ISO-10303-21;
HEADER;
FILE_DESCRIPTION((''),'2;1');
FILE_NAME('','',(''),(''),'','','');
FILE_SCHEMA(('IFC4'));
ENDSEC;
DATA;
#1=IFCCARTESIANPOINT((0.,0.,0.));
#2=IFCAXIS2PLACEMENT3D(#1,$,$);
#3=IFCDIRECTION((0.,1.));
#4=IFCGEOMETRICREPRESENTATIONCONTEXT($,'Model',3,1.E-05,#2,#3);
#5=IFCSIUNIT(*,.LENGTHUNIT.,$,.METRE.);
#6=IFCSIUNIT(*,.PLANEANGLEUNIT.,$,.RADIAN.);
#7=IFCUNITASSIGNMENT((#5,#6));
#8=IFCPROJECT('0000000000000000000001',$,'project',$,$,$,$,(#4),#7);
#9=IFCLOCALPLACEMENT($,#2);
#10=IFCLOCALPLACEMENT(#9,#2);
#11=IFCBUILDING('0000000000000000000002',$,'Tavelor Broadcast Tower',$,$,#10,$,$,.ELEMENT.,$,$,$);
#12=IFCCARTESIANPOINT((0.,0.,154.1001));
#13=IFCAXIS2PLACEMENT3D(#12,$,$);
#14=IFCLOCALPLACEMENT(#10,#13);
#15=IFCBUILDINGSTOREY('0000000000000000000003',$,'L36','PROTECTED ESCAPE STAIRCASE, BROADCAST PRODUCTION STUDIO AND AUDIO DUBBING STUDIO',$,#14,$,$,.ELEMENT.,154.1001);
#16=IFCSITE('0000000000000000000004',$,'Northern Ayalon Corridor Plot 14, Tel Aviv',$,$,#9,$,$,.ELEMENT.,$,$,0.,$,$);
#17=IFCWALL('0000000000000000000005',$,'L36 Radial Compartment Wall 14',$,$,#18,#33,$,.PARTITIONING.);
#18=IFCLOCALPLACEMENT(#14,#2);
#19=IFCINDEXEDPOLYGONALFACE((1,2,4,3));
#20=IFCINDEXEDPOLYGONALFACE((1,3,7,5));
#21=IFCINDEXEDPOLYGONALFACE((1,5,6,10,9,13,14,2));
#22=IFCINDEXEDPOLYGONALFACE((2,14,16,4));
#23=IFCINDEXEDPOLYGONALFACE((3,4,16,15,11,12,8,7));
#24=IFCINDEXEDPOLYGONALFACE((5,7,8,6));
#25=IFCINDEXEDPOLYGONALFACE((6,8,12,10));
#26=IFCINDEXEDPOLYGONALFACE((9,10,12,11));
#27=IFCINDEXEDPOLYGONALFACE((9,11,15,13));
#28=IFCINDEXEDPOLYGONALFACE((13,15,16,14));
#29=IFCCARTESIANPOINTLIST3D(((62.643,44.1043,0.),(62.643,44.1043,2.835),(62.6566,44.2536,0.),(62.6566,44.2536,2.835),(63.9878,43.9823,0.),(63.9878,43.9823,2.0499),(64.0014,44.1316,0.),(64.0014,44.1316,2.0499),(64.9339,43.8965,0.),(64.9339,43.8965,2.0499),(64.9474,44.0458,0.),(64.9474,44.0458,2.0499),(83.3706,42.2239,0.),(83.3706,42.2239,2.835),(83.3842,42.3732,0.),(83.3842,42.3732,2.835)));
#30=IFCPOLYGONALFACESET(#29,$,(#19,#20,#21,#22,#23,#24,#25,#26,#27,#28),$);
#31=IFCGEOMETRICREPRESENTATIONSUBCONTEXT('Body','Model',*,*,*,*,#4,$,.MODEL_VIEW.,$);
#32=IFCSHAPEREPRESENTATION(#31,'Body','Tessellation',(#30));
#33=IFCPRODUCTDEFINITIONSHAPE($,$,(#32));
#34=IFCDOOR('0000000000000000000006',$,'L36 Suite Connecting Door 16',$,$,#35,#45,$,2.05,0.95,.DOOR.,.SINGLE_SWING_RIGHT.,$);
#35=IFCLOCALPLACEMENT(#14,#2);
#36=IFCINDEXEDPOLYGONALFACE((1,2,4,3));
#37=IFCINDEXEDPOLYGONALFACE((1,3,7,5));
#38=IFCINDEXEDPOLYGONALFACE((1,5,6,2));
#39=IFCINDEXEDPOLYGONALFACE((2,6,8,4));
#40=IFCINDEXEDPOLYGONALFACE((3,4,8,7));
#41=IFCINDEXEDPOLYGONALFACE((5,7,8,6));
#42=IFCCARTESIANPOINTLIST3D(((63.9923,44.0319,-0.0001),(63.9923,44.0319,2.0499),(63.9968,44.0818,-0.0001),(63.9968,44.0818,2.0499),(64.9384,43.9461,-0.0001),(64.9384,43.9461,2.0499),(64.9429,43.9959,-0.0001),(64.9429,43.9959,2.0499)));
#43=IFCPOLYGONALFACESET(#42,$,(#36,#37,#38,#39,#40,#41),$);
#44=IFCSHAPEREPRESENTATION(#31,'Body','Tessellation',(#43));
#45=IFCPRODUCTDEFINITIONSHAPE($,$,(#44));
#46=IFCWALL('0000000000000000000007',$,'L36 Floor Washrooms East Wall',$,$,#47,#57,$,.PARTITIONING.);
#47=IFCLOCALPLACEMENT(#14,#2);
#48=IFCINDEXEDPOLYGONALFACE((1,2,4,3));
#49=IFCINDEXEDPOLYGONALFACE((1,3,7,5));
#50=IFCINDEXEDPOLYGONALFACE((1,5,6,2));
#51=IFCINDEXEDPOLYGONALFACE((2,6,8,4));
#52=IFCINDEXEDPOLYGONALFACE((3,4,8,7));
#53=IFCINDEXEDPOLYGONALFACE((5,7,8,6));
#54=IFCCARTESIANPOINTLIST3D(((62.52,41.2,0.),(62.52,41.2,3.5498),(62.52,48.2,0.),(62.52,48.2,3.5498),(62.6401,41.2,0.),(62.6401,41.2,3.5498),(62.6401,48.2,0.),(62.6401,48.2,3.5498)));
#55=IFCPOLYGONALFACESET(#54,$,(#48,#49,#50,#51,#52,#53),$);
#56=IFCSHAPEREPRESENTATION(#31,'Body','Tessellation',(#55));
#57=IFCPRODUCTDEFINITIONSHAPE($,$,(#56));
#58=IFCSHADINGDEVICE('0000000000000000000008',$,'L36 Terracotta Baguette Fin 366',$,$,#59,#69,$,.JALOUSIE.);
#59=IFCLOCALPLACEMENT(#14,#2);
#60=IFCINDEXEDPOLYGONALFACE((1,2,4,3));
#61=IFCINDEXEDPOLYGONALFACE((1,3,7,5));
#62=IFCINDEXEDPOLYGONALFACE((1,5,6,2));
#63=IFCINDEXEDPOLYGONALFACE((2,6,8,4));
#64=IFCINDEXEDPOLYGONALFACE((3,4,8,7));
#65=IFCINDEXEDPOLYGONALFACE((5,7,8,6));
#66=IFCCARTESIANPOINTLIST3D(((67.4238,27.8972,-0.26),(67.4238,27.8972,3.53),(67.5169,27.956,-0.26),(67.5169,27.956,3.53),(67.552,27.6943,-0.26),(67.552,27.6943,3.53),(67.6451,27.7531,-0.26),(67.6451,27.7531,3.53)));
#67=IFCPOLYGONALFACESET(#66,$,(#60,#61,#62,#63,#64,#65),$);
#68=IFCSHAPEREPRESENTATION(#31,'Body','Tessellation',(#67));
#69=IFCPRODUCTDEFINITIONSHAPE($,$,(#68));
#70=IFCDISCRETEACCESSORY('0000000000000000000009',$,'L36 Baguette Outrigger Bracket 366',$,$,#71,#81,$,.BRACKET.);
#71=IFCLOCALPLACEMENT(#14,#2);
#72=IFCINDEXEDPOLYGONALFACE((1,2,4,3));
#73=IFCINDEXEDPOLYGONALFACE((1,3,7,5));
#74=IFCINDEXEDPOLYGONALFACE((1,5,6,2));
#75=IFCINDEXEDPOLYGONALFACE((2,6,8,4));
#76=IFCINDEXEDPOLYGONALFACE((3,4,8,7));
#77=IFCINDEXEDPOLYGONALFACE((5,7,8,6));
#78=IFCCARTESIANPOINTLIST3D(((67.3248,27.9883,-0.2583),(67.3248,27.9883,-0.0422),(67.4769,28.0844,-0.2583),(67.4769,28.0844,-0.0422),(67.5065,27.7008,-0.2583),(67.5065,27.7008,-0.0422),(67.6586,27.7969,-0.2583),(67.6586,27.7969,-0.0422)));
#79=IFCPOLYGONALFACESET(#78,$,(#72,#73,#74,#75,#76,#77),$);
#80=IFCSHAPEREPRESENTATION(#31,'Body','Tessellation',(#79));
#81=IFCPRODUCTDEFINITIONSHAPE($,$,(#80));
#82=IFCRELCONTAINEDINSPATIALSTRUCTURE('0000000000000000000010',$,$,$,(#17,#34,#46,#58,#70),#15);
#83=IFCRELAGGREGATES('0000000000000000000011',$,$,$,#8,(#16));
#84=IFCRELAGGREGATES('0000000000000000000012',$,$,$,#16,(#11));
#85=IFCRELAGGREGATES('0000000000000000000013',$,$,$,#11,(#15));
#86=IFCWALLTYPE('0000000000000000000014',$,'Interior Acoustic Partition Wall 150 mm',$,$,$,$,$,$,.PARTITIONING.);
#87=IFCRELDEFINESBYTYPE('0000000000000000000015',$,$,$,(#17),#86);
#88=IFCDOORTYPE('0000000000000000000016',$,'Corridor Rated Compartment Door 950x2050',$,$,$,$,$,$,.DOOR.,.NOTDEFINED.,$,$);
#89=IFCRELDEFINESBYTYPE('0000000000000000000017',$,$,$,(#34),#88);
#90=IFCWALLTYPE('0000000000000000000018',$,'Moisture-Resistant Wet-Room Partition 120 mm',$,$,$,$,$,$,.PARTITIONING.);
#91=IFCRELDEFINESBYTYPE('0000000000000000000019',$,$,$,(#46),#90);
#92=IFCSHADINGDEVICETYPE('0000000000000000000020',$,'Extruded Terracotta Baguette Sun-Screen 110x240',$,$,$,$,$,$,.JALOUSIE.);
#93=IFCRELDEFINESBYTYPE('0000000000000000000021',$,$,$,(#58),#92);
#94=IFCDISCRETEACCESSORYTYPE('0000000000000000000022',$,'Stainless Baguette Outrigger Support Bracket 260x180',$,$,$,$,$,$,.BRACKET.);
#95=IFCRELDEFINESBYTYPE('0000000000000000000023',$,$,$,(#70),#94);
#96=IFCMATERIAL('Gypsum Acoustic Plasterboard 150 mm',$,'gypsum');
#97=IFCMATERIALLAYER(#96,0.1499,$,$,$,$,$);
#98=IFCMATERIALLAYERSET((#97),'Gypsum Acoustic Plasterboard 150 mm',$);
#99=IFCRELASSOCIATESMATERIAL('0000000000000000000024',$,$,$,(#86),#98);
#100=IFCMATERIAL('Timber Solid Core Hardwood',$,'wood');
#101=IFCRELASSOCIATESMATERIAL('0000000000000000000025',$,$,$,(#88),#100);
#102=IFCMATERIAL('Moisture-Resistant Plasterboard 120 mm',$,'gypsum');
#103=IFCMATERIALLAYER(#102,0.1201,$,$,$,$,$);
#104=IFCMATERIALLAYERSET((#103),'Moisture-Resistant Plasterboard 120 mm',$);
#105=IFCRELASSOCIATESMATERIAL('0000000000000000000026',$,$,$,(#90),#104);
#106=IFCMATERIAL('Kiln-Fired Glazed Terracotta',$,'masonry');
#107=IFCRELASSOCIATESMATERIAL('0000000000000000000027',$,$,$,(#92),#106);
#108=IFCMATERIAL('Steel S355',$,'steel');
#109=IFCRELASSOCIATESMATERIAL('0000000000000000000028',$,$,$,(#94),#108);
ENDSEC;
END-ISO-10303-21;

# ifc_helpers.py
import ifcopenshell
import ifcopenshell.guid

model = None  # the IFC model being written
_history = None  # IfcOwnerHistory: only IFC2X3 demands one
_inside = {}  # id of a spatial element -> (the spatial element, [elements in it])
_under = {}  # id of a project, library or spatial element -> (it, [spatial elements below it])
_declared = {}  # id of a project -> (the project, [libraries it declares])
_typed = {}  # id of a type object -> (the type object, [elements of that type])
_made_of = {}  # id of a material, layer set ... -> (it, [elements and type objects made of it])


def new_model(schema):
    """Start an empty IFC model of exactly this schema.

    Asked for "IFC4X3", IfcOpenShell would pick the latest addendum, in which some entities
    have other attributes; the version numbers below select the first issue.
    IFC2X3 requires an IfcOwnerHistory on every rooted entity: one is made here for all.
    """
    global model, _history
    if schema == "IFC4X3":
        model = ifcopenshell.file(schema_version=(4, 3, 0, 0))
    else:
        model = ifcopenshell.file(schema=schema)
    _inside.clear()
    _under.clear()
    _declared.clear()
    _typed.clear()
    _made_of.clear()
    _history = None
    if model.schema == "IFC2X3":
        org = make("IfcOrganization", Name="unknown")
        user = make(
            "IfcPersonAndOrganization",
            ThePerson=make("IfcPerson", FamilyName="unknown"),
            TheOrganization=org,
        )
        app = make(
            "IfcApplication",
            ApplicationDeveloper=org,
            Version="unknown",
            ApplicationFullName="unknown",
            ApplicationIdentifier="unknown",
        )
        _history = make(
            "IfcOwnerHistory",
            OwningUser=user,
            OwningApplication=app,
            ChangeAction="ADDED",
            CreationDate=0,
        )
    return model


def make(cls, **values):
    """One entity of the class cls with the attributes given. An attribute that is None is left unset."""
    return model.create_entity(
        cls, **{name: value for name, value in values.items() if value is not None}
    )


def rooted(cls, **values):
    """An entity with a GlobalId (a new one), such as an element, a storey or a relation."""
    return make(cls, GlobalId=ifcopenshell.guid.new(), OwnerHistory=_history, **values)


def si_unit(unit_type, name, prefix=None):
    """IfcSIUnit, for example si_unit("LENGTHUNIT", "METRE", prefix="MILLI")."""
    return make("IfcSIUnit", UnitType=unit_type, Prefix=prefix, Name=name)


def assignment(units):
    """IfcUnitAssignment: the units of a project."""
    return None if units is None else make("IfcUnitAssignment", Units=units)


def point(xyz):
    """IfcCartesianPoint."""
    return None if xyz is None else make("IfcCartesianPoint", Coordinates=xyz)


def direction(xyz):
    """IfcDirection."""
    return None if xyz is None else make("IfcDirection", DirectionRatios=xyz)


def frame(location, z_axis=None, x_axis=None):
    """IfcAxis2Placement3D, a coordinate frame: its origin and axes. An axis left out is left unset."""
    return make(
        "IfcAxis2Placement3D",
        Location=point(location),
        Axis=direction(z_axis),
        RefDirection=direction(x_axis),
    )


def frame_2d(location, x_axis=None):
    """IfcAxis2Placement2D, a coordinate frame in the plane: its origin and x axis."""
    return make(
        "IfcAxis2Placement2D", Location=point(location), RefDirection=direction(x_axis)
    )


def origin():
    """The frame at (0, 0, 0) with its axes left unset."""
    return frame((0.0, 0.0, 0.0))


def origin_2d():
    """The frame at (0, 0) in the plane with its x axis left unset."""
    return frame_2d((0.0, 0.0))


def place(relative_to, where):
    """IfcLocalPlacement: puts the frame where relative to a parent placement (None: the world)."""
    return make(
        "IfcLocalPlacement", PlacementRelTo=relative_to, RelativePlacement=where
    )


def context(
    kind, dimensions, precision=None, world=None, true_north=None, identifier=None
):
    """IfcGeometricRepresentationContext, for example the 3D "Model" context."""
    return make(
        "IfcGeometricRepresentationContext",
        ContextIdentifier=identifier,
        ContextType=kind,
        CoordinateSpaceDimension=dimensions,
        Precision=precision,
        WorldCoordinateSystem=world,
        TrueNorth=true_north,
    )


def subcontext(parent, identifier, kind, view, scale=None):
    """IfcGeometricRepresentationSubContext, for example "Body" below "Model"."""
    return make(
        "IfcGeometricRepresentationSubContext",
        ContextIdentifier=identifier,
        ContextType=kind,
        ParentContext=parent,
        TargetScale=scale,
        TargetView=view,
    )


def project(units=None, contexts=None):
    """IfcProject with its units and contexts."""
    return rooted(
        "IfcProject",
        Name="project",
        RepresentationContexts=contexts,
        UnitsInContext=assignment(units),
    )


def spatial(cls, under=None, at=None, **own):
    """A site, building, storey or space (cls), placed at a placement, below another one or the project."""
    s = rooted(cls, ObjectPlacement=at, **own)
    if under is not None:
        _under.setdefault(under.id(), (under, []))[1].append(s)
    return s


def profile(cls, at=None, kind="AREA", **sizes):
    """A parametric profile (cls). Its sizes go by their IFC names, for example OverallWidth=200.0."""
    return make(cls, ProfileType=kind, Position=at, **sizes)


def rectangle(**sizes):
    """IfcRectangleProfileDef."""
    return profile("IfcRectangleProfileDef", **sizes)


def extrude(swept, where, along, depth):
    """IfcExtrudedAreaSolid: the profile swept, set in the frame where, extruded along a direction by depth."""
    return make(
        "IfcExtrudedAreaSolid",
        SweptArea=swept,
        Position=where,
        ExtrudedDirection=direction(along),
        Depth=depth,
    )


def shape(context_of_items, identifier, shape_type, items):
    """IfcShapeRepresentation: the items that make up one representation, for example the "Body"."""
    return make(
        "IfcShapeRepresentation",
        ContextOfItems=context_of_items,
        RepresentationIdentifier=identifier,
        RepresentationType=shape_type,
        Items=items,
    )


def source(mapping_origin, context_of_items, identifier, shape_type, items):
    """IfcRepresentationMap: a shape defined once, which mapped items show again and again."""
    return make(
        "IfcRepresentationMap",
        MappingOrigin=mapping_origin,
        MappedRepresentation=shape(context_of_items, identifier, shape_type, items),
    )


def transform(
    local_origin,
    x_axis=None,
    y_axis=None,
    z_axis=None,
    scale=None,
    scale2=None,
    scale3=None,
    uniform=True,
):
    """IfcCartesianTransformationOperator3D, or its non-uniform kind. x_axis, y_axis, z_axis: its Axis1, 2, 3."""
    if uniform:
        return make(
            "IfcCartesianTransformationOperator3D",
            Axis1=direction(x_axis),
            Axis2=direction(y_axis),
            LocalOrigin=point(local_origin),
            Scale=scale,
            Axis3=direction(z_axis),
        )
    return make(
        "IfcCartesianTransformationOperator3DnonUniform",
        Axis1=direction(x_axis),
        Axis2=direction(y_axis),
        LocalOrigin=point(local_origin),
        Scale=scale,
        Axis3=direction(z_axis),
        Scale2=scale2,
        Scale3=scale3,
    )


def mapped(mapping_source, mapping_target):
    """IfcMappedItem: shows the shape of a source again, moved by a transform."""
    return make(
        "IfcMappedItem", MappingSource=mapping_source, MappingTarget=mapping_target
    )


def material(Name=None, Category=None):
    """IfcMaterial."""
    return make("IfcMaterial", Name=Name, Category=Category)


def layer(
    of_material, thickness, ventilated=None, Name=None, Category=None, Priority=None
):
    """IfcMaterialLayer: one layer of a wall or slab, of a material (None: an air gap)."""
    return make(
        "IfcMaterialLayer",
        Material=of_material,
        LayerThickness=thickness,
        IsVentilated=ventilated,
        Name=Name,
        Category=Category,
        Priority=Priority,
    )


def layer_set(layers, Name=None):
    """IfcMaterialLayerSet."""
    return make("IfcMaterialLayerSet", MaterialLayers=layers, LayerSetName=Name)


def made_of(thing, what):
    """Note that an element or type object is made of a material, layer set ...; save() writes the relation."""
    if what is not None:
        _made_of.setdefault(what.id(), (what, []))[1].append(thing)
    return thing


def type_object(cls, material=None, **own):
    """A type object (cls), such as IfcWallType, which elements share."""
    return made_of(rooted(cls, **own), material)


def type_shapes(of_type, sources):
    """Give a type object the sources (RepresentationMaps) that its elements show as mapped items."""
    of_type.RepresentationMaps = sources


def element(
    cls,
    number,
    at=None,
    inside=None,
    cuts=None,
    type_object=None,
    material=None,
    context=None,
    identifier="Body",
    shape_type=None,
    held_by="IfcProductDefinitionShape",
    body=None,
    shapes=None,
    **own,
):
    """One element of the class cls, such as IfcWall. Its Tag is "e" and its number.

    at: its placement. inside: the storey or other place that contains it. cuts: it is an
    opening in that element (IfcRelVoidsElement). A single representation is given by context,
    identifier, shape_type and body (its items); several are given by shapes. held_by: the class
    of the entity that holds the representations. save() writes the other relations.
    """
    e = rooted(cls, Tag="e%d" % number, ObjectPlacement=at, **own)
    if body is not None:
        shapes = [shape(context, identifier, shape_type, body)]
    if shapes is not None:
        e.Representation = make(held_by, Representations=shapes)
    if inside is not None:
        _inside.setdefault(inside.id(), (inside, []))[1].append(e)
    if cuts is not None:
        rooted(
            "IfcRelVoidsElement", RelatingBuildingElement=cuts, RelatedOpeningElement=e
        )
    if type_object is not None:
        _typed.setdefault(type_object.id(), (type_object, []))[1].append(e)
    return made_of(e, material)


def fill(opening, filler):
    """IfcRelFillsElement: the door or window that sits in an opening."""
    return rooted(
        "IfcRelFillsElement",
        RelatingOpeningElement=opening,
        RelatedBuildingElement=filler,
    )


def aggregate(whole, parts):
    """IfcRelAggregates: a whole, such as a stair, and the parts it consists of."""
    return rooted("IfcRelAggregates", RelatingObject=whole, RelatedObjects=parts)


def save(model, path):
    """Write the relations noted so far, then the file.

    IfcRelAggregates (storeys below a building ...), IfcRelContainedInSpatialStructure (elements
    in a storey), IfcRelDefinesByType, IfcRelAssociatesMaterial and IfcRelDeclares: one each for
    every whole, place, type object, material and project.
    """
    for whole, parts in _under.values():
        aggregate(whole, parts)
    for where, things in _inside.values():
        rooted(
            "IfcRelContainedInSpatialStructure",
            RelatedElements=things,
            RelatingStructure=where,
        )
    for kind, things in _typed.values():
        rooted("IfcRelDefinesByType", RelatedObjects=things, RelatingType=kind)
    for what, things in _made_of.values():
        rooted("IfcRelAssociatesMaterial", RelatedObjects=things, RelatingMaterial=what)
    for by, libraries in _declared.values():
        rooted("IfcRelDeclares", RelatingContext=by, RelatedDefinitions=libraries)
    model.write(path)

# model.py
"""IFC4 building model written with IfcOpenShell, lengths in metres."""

from ifc_helpers import new_model, si_unit, direction, frame, frame_2d, origin, origin_2d, place, context, subcontext, project, spatial, rectangle, extrude, source, transform, mapped, material, layer, layer_set, type_object, type_shapes, element, fill, save


model = new_model("IFC4")

# Units and contexts
model_context = context("Model", 3, precision=1e-05, world=origin(), true_north=direction((0.0, 1.0)))
body_context = subcontext(model_context, "Body", "Model", "MODEL_VIEW")
ifc_project = project(units=[si_unit("LENGTHUNIT", "METRE"), si_unit("PLANEANGLEUNIT", "RADIAN")], contexts=[model_context])

# Site, building, storey
site_placement = place(None, origin())
site = spatial("IfcSite", under=ifc_project, at=site_placement, Name="Northern Ayalon Corridor Plot 14, Tel Aviv", CompositionType="ELEMENT", RefElevation=0.0)
building_placement = place(site_placement, origin())
building = spatial("IfcBuilding", under=site, at=building_placement, Name="Tavelor Broadcast Tower", CompositionType="ELEMENT")
storey_placement = place(building_placement, frame((0.0, 0.0, 154.1001)))
storey = spatial("IfcBuildingStorey", under=building, at=storey_placement, Name="L36", Description="PROTECTED ESCAPE STAIRCASE, BROADCAST PRODUCTION STUDIO AND AUDIO DUBBING STUDIO", CompositionType="ELEMENT", Elevation=154.1001)

# Shared definitions
ifc_material_1 = material(Name="Steel S355", Category="steel")

# Wall, opening, door
ifc_material_2 = material(Name="Gypsum Acoustic Plasterboard 150 mm", Category="gypsum")
ifc_layer_1 = layer(ifc_material_2, 0.1499)
ifc_layer_set_1 = layer_set([ifc_layer_1], Name="Gypsum Acoustic Plasterboard 150 mm")
wall_type_1 = type_object("IfcWallType", Name="Interior Acoustic Partition Wall 150 mm", PredefinedType="PARTITIONING", material=ifc_layer_set_1)
wall_1_placement = place(storey_placement, frame((62.6499, 44.179, 0.0), z_axis=(0.0, 0.0, 1.0), x_axis=(0.99591, -0.090347, 0.0)))
wall_1 = element("IfcWall", 1, at=wall_1_placement, inside=storey, type_object=wall_type_1, Name="L36 Radial Compartment Wall 14", PredefinedType="PARTITIONING", context=body_context, shape_type="SweptSolid", body=[
    extrude(rectangle(XDim=20.8127, YDim=0.1499, at=frame_2d((10.4062, 0.0))), origin(), (0.0, 0.0, 1.0), 2.835),
])
opening_placement = place(wall_1_placement, frame((1.3501, 0.0, 0.0)))
opening = element("IfcOpeningElement", 2, at=opening_placement, cuts=wall_1, PredefinedType="OPENING", context=body_context, shape_type="SweptSolid", body=[
    extrude(rectangle(XDim=0.95, YDim=2.05, at=frame_2d((0.4751, 1.0249))), frame((0.0, 0.085, 0.0), z_axis=(0.0, -1.0, 0.0), x_axis=(1.0, 0.0, 0.0)), (0.0, 0.0, 1.0), 0.1699),
])
ifc_material_3 = material(Name="Timber Solid Core Hardwood", Category="wood")
door_type = type_object("IfcDoorType", Name="Corridor Rated Compartment Door 950x2050", OperationType="NOTDEFINED", PredefinedType="DOOR", material=ifc_material_3)
door_placement = place(opening_placement, origin())
door = element("IfcDoor", 3, at=door_placement, inside=storey, type_object=door_type, Name="L36 Suite Connecting Door 16", OperationType="SINGLE_SWING_RIGHT", OverallHeight=2.05, OverallWidth=0.95, PredefinedType="DOOR", context=body_context, shape_type="SweptSolid", body=[
    extrude(rectangle(XDim=0.95, YDim=2.05, at=frame_2d((0.4751, 1.0249))), frame((0.0, 0.0249, 0.0), z_axis=(0.0, -1.0, 0.0), x_axis=(1.0, 0.0, 0.0)), (0.0, 0.0, 1.0), 0.05),
])
fill(opening, door)

# Wall
ifc_material_4 = material(Name="Moisture-Resistant Plasterboard 120 mm", Category="gypsum")
ifc_layer_2 = layer(ifc_material_4, 0.1201)
ifc_layer_set_2 = layer_set([ifc_layer_2], Name="Moisture-Resistant Plasterboard 120 mm")
wall_type_2 = type_object("IfcWallType", Name="Moisture-Resistant Wet-Room Partition 120 mm", PredefinedType="PARTITIONING", material=ifc_layer_set_2)
wall_2_placement = place(storey_placement, frame((62.5801, 41.2, 0.0), z_axis=(0.0, 0.0, 1.0), x_axis=(0.0, 1.0, 0.0)))
element("IfcWall", 4, at=wall_2_placement, inside=storey, type_object=wall_type_2, Name="L36 Floor Washrooms East Wall", PredefinedType="PARTITIONING", context=body_context, shape_type="SweptSolid", body=[
    extrude(rectangle(XDim=7.0, YDim=0.1201, at=frame_2d((3.5, 0.0))), origin(), (0.0, 0.0, 1.0), 3.5498),
])

# Shading device
ifc_material_5 = material(Name="Kiln-Fired Glazed Terracotta", Category="masonry")
shading_device_type = type_object("IfcShadingDeviceType", Name="Extruded Terracotta Baguette Sun-Screen 110x240", PredefinedType="JALOUSIE", material=ifc_material_5)
shared_shape_1 = source(origin(), body_context, "Body", "SweptSolid", [
    extrude(rectangle(XDim=0.1101, YDim=0.24, at=origin_2d()), origin(), (0.0, 0.0, 1.0), 3.79),
])
type_shapes(shading_device_type, [shared_shape_1])
shading_device_placement = place(storey_placement, frame((67.5344, 27.8252, -0.26), z_axis=(0.0, 0.0, 1.0), x_axis=(0.845448, 0.534057, 0.0)))
element("IfcShadingDevice", 5, at=shading_device_placement, inside=storey, type_object=shading_device_type, Name="L36 Terracotta Baguette Fin 366", PredefinedType="JALOUSIE", context=body_context, shape_type="MappedRepresentation", body=[
    mapped(shared_shape_1, transform((0.0, 0.0, 0.0), scale=1.0)),
])

# Discrete accessory
discrete_accessory_type = type_object("IfcDiscreteAccessoryType", Name="Stainless Baguette Outrigger Support Bracket 260x180", PredefinedType="BRACKET", material=ifc_material_1)
shared_shape_2 = source(origin(), body_context, "Body", "SweptSolid", [
    extrude(rectangle(XDim=0.1799, YDim=0.3401, at=origin_2d()), origin(), (0.0, 0.0, 1.0), 0.2161),
])
type_shapes(discrete_accessory_type, [shared_shape_2])
discrete_accessory_placement = place(storey_placement, frame((67.4917, 27.8926, -0.2583), z_axis=(0.0, 0.0, 1.0), x_axis=(0.845448, 0.534057, 0.0)))
element("IfcDiscreteAccessory", 6, at=discrete_accessory_placement, inside=storey, type_object=discrete_accessory_type, Name="L36 Baguette Outrigger Bracket 366", PredefinedType="BRACKET", context=body_context, shape_type="MappedRepresentation", body=[
    mapped(shared_shape_2, transform((0.0, 0.0, 0.0), scale=1.0)),
])

save(model, "model.ifc")
